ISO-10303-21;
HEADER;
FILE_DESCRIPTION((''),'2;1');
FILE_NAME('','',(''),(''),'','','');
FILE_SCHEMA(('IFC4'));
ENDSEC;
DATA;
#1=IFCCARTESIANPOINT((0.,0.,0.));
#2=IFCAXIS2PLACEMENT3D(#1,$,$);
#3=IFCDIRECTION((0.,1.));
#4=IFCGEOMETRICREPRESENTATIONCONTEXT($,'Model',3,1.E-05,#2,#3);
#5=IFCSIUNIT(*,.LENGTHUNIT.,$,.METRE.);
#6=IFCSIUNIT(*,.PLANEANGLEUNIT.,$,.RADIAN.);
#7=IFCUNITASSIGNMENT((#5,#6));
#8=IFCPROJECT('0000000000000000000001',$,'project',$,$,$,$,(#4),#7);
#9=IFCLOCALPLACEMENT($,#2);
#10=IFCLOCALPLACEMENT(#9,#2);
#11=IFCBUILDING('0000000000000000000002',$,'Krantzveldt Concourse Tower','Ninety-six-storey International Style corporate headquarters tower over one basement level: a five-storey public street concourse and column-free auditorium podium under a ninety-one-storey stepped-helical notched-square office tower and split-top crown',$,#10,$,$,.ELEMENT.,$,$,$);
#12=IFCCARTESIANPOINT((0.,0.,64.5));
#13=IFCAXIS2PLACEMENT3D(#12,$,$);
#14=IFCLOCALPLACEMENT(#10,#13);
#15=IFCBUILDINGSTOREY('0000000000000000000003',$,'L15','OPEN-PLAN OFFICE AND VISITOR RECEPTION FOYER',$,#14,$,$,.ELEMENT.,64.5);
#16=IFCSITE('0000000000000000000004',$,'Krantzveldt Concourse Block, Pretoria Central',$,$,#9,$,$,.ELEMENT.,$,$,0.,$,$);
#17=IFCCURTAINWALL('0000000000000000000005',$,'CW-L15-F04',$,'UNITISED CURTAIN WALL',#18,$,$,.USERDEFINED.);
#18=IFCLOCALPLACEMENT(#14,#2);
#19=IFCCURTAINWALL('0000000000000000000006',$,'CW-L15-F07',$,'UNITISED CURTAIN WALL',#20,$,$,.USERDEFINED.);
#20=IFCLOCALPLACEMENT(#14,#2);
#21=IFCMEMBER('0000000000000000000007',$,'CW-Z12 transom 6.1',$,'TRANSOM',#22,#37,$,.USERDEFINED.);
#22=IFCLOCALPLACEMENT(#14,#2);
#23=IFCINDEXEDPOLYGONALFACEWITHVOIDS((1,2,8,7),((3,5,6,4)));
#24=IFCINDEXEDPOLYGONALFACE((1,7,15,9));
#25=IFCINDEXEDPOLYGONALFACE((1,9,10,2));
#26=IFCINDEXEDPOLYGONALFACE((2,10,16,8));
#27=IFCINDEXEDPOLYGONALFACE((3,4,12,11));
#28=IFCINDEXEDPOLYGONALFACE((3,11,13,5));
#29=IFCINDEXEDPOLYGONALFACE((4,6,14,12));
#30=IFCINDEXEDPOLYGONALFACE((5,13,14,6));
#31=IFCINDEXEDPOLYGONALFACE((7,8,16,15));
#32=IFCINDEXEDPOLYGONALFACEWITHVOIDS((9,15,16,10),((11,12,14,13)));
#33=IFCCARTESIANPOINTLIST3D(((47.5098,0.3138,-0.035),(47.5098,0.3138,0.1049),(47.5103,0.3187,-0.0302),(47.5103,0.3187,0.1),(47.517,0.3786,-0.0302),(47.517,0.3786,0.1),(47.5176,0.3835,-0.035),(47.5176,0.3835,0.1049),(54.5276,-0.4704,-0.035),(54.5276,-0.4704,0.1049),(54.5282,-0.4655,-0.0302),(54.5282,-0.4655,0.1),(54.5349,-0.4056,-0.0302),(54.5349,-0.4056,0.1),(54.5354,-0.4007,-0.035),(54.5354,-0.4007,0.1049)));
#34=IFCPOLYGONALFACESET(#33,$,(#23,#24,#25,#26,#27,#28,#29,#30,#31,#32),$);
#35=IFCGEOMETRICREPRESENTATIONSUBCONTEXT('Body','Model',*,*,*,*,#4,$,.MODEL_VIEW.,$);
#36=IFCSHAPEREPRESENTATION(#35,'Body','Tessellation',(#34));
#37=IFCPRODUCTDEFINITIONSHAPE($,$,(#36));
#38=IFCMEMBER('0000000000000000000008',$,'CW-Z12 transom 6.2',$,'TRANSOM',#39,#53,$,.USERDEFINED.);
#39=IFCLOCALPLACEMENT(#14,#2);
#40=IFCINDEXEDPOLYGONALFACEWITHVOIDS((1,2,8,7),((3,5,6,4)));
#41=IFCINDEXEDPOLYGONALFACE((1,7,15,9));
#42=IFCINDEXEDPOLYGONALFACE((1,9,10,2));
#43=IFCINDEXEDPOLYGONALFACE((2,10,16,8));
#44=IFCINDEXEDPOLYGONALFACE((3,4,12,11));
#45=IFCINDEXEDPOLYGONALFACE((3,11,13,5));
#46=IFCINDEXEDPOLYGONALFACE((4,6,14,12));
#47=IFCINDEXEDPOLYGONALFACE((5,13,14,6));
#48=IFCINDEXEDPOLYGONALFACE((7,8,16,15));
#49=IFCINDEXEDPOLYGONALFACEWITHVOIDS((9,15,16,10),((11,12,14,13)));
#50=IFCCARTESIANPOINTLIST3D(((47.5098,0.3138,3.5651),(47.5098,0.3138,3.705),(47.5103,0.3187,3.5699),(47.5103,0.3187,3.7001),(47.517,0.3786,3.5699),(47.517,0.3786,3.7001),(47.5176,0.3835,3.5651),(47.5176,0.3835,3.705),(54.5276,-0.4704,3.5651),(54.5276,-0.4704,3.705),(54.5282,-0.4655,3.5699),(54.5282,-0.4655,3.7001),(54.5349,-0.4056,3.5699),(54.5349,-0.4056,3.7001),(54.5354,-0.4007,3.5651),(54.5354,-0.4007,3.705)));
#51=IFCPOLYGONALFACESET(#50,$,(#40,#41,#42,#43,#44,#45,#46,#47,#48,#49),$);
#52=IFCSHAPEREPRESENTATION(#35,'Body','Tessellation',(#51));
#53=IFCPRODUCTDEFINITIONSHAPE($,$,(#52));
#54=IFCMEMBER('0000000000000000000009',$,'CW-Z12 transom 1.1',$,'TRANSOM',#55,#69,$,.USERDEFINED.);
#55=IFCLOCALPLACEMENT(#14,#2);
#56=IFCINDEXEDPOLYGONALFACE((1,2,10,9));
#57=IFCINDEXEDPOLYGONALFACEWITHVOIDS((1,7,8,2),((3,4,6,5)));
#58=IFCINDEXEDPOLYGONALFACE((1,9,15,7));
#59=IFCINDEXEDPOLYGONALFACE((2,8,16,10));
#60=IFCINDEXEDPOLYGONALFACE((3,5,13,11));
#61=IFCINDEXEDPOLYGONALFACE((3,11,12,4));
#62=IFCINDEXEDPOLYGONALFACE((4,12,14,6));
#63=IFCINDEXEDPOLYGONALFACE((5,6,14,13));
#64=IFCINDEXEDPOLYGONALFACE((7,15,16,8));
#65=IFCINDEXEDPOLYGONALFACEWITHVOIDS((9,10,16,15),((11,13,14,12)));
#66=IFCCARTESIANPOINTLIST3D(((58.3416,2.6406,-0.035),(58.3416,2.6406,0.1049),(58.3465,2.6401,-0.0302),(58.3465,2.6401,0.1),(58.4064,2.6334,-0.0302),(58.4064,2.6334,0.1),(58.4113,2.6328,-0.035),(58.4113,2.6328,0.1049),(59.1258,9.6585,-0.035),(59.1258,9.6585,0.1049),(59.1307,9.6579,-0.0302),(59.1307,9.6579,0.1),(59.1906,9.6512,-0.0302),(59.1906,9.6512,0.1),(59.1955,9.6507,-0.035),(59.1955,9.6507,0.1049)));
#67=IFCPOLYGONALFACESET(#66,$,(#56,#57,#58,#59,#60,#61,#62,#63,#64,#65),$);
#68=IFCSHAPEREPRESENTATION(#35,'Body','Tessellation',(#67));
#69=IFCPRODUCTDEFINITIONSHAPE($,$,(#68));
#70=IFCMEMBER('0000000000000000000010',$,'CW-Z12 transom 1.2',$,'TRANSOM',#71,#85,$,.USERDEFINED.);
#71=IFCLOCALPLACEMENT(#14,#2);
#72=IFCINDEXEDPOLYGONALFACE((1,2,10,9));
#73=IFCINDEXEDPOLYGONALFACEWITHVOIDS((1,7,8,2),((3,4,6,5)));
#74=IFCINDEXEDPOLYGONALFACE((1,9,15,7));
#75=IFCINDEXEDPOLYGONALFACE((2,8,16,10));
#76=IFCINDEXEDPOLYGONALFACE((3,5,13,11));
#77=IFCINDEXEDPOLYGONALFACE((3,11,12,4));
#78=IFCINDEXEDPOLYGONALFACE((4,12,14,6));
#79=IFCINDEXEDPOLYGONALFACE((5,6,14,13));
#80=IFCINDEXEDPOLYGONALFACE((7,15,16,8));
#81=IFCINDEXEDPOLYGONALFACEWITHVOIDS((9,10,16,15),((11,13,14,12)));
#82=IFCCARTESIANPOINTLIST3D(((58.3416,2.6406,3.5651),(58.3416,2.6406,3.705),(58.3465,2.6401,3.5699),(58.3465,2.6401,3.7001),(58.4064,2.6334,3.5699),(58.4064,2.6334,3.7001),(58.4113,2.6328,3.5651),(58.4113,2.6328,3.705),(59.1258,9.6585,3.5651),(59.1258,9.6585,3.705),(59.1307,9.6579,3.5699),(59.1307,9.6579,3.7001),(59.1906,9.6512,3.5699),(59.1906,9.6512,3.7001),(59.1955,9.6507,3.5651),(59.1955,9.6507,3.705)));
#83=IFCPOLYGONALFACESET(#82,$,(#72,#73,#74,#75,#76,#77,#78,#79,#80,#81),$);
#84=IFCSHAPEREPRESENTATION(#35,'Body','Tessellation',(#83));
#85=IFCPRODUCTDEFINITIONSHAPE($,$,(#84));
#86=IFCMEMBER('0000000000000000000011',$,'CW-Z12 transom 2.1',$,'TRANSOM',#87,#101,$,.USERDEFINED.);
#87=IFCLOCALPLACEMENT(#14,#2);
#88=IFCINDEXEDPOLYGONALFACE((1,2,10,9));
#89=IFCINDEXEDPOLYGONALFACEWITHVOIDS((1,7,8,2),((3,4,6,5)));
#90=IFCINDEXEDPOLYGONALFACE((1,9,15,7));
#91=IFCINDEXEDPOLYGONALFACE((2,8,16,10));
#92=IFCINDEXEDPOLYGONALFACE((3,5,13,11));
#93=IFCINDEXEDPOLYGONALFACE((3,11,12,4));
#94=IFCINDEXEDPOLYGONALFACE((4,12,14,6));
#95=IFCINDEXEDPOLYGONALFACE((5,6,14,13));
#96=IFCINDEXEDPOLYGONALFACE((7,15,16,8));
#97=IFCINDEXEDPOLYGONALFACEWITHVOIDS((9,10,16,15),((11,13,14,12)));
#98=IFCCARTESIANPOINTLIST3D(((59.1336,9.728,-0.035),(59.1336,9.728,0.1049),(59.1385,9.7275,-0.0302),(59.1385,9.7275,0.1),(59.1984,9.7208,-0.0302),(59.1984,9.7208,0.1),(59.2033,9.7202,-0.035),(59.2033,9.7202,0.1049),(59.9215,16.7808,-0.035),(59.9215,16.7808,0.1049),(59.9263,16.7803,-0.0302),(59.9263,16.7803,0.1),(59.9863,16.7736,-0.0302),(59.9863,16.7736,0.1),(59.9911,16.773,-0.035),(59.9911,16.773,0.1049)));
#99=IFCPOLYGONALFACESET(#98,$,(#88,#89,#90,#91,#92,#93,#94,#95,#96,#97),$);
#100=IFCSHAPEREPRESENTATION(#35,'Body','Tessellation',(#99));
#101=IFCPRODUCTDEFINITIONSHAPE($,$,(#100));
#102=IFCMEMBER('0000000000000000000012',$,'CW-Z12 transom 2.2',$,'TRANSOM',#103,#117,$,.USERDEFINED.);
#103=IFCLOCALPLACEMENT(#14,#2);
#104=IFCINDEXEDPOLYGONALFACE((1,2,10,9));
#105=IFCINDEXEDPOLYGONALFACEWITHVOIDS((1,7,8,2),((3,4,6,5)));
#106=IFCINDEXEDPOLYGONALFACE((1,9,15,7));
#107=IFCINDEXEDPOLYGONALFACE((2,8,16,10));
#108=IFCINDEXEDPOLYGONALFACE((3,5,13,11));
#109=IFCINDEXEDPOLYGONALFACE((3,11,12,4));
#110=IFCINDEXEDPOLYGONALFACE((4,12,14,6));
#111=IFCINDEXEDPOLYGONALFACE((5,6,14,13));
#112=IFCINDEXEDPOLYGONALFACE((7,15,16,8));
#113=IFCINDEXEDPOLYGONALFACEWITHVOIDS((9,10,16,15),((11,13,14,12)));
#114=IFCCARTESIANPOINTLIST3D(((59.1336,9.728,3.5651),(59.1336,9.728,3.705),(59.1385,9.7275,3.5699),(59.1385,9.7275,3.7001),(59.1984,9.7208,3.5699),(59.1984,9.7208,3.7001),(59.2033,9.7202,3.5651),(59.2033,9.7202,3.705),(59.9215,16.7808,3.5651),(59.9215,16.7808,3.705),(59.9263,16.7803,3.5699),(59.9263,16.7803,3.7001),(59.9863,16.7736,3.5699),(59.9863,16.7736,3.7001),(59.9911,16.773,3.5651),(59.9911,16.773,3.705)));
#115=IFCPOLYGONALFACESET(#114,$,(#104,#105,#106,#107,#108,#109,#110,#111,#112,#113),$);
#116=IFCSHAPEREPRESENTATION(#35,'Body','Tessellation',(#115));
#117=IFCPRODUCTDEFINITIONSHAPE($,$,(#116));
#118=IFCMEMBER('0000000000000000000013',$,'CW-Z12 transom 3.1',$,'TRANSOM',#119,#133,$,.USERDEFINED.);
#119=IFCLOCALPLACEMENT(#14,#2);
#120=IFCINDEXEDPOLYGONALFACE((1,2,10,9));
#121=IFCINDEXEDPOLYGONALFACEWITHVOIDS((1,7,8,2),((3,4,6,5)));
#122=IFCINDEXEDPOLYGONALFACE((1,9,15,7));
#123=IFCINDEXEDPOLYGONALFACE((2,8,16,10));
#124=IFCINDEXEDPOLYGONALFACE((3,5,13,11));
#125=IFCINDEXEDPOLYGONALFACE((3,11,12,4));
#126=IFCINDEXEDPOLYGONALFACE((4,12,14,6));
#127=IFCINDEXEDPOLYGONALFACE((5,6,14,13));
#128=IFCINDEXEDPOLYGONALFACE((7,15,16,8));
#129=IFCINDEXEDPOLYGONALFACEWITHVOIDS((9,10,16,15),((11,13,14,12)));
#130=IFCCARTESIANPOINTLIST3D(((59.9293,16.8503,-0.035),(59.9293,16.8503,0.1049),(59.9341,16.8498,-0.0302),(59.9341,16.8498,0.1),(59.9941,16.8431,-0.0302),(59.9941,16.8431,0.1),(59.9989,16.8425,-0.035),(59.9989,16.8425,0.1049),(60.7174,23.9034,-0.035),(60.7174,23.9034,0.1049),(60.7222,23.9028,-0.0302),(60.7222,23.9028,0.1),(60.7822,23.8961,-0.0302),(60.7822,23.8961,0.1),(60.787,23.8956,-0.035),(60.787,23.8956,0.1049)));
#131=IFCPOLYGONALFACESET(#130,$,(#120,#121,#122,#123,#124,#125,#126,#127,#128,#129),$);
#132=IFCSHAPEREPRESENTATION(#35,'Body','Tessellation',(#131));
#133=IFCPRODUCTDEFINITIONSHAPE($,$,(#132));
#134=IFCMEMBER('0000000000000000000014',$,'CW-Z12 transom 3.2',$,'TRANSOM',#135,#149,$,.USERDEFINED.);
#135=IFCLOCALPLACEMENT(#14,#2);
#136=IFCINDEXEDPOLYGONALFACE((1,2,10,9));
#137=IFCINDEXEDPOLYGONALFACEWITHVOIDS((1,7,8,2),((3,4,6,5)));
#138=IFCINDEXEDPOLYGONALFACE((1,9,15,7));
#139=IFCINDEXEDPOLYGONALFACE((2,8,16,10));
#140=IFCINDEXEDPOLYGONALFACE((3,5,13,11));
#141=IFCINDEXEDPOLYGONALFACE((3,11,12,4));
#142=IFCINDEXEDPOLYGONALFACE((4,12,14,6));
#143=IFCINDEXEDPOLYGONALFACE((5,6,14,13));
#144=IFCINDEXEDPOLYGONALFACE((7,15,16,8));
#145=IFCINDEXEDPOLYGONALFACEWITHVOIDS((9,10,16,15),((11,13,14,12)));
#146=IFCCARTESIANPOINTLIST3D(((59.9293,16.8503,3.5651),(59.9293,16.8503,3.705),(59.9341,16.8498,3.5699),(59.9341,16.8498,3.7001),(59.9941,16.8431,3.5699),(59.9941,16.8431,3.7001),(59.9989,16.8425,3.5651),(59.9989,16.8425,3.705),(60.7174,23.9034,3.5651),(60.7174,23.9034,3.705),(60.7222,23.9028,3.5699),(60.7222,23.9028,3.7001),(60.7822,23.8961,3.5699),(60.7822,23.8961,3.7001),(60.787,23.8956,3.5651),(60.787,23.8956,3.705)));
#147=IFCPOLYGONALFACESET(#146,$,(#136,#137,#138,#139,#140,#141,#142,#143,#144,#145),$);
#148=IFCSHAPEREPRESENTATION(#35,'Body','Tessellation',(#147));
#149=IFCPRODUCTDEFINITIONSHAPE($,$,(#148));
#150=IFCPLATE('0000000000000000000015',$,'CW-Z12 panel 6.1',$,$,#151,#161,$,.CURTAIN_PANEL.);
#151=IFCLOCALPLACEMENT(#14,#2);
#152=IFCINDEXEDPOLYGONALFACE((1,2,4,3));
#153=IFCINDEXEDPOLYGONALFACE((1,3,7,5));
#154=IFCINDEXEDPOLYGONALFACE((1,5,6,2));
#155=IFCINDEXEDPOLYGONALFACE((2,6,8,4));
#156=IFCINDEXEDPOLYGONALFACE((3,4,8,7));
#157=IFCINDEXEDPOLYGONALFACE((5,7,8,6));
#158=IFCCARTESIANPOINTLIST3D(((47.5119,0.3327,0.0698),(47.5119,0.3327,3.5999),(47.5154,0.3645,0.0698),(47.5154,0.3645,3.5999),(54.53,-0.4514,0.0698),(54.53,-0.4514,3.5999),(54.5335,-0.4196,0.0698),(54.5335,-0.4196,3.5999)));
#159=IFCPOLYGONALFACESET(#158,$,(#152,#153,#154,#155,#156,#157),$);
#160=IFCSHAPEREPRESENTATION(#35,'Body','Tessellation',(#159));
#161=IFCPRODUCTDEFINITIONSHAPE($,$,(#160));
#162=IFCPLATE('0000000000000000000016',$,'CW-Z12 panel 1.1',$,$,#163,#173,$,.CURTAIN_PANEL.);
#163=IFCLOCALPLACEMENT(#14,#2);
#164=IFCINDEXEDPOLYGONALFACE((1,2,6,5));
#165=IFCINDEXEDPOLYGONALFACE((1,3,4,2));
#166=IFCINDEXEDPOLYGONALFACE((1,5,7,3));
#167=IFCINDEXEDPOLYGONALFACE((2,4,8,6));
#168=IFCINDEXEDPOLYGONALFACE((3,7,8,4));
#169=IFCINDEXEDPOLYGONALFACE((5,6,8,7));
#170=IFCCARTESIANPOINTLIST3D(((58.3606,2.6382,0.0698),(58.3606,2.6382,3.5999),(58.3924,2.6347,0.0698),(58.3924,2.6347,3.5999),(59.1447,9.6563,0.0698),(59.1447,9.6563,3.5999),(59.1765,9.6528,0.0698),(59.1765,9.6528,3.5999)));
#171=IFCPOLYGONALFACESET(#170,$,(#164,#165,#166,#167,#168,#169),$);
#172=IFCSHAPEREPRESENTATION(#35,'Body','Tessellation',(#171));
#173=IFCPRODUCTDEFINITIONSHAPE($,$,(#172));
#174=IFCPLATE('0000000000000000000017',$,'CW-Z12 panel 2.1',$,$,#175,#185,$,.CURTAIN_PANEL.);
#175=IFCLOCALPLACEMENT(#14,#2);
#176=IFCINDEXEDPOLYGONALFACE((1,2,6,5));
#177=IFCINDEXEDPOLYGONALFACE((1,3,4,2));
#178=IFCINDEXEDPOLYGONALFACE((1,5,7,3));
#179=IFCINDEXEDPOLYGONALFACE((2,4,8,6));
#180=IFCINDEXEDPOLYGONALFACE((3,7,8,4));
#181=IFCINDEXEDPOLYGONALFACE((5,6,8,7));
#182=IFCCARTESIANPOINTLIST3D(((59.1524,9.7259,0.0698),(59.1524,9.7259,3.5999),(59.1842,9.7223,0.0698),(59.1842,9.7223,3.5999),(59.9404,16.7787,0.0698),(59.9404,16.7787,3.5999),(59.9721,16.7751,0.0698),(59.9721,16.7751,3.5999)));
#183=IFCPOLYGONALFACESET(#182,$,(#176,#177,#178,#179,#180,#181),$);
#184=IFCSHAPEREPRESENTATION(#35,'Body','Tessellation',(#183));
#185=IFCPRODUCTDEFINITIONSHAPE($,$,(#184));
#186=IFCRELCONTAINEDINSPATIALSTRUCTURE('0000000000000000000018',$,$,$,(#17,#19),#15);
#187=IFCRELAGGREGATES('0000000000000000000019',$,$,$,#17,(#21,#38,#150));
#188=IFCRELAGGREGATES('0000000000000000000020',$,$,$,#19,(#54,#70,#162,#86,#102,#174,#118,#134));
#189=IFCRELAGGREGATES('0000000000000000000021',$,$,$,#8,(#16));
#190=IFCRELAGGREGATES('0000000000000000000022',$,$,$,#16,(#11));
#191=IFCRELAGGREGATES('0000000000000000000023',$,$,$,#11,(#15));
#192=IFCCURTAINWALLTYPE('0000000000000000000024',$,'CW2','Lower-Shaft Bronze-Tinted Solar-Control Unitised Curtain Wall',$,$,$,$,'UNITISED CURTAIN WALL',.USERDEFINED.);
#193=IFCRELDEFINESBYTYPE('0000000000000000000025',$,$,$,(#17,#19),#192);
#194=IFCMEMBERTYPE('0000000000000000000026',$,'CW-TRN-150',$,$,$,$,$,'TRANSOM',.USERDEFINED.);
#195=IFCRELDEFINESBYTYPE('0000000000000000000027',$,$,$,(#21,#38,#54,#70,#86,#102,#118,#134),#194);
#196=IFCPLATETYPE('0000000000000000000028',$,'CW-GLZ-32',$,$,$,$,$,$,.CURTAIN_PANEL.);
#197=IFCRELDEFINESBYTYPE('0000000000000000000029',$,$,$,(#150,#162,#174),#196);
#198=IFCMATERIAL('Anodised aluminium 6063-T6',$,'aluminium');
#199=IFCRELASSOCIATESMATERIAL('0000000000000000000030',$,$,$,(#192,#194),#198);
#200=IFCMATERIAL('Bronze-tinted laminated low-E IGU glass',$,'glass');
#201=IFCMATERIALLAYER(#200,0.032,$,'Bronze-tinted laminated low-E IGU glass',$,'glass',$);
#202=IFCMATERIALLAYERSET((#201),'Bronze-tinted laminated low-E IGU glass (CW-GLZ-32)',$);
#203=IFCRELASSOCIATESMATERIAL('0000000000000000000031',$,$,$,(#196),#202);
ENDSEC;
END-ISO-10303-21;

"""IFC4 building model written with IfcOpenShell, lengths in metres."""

from ifc_helpers import new_model, si_unit, direction, frame, origin, origin_2d, place, context, subcontext, project, spatial, rectangle, hollow_rectangle, extrude, source, transform, mapped, material, layer, layer_set, material_profile, profile_set, type_object, type_shapes, element, aggregate, save


model = new_model("IFC4")

# Units and contexts
model_context = context("Model", 3, precision=1e-05, world=origin(), true_north=direction((0.0, 1.0)))
body_context = subcontext(model_context, "Body", "Model", "MODEL_VIEW")
ifc_project = project(units=[si_unit("LENGTHUNIT", "METRE"), si_unit("PLANEANGLEUNIT", "RADIAN")], contexts=[model_context])

# Site, building, storey
site_placement = place(None, origin())
site = spatial("IfcSite", under=ifc_project, at=site_placement, Name="Krantzveldt Concourse Block, Pretoria Central", CompositionType="ELEMENT", RefElevation=0.0)
building_placement = place(site_placement, origin())
building = spatial("IfcBuilding", under=site, at=building_placement, Name="Krantzveldt Concourse Tower", Description="Ninety-six-storey International Style corporate headquarters tower over one basement level: a five-storey public street concourse and column-free auditorium podium under a ninety-one-storey stepped-helical notched-square office tower and split-top crown", CompositionType="ELEMENT")
storey_placement = place(building_placement, frame((0.0, 0.0, 64.5)))
storey = spatial("IfcBuildingStorey", under=building, at=storey_placement, Name="L15", Description="OPEN-PLAN OFFICE AND VISITOR RECEPTION FOYER", CompositionType="ELEMENT", Elevation=64.5)

# Curtain walls
ifc_material_1 = material(Name="Anodised aluminium 6063-T6", Category="aluminium")
curtain_wall_type = type_object("IfcCurtainWallType", Name="CW2", Description="Lower-Shaft Bronze-Tinted Solar-Control Unitised Curtain Wall", ElementType="UNITISED CURTAIN WALL", PredefinedType="USERDEFINED", material=ifc_material_1)
curtain_wall_1_placement = place(storey_placement, origin())
curtain_wall_1 = element("IfcCurtainWall", 1, at=curtain_wall_1_placement, inside=storey, type_object=curtain_wall_type, Name="CW-L15-F04", ObjectType="UNITISED CURTAIN WALL", PredefinedType="USERDEFINED")
curtain_wall_2_placement = place(storey_placement, origin())
curtain_wall_2 = element("IfcCurtainWall", 2, at=curtain_wall_2_placement, inside=storey, type_object=curtain_wall_type, Name="CW-L15-F07", ObjectType="UNITISED CURTAIN WALL", PredefinedType="USERDEFINED")

# Members
ifc_material_profile_1 = material_profile(ifc_material_1, hollow_rectangle(XDim=0.0701, YDim=0.1399, WallThickness=0.0049, at=origin_2d()), Name="Anodised aluminium 6063-T6", Category="aluminium")
ifc_profile_set_1 = profile_set([ifc_material_profile_1], Name="Anodised aluminium 6063-T6 - ALU-TRAN 140x70x5")
member_type_1 = type_object("IfcMemberType", Name="CW-TRN-150", ElementType="TRANSOM", PredefinedType="USERDEFINED", material=ifc_profile_set_1)
shared_shape_1 = source(origin(), body_context, "Body", "SweptSolid", [
    extrude(hollow_rectangle(XDim=0.0701, YDim=0.1399, WallThickness=0.0049, at=origin_2d()), origin(), (0.0, 0.0, 1.0), 7.0615),
])
member_1_placement = place(storey_placement, frame((47.5137, 0.3486, 0.0349), z_axis=(0.993815, -0.11105, 0.0), x_axis=(0.11105, 0.993815, 0.0)))
member_1 = element("IfcMember", 3, at=member_1_placement, type_object=member_type_1, Name="CW-Z12 transom 6.1", ObjectType="TRANSOM", PredefinedType="USERDEFINED", context=body_context, shape_type="MappedRepresentation", body=[
    mapped(shared_shape_1, transform((0.0, 0.0, 0.0), x_axis=(1.0, 0.0, 0.0), y_axis=(0.0, 1.0, 0.0), z_axis=(0.0, 0.0, 1.0), scale=1.0)),
])
member_2_placement = place(storey_placement, frame((47.5137, 0.3486, 3.635), z_axis=(0.993815, -0.11105, 0.0), x_axis=(0.11105, 0.993815, 0.0)))
member_2 = element("IfcMember", 4, at=member_2_placement, type_object=member_type_1, Name="CW-Z12 transom 6.2", ObjectType="TRANSOM", PredefinedType="USERDEFINED", context=body_context, shape_type="MappedRepresentation", body=[
    mapped(shared_shape_1, transform((0.0, 0.0, 0.0), x_axis=(1.0, 0.0, 0.0), y_axis=(0.0, 1.0, 0.0), z_axis=(0.0, 0.0, 1.0), scale=1.0)),
])
member_3_placement = place(storey_placement, frame((58.3765, 2.6367, 0.0349), z_axis=(0.11105, 0.993815, 0.0), x_axis=(-0.993815, 0.11105, 0.0)))
member_3 = element("IfcMember", 5, at=member_3_placement, type_object=member_type_1, Name="CW-Z12 transom 1.1", ObjectType="TRANSOM", PredefinedType="USERDEFINED", context=body_context, shape_type="MappedRepresentation", body=[
    mapped(shared_shape_1, transform((0.0, 0.0, 0.0), x_axis=(1.0, 0.0, 0.0), y_axis=(0.0, 1.0, 0.0), z_axis=(0.0, 0.0, 1.0), scale=1.0)),
])
member_4_placement = place(storey_placement, frame((58.3765, 2.6367, 3.635), z_axis=(0.11105, 0.993815, 0.0), x_axis=(-0.993815, 0.11105, 0.0)))
member_4 = element("IfcMember", 6, at=member_4_placement, type_object=member_type_1, Name="CW-Z12 transom 1.2", ObjectType="TRANSOM", PredefinedType="USERDEFINED", context=body_context, shape_type="MappedRepresentation", body=[
    mapped(shared_shape_1, transform((0.0, 0.0, 0.0), x_axis=(1.0, 0.0, 0.0), y_axis=(0.0, 1.0, 0.0), z_axis=(0.0, 0.0, 1.0), scale=1.0)),
])
shared_shape_2 = source(origin(), body_context, "Body", "SweptSolid", [
    extrude(hollow_rectangle(XDim=0.0701, YDim=0.1399, WallThickness=0.0049, at=origin_2d()), origin(), (0.0, 0.0, 1.0), 7.0967),
])
member_5_placement = place(storey_placement, frame((59.1685, 9.7241, 0.0349), z_axis=(0.111017, 0.993819, 0.0), x_axis=(-0.993819, 0.111017, 0.0)))
member_5 = element("IfcMember", 7, at=member_5_placement, type_object=member_type_1, Name="CW-Z12 transom 2.1", ObjectType="TRANSOM", PredefinedType="USERDEFINED", context=body_context, shape_type="MappedRepresentation", body=[
    mapped(shared_shape_2, transform((0.0, 0.0, 0.0), x_axis=(1.0, 0.0, 0.0), y_axis=(0.0, 1.0, 0.0), z_axis=(0.0, 0.0, 1.0), scale=1.0)),
])
member_6_placement = place(storey_placement, frame((59.1685, 9.7241, 3.635), z_axis=(0.111017, 0.993819, 0.0), x_axis=(-0.993819, 0.111017, 0.0)))
member_6 = element("IfcMember", 8, at=member_6_placement, type_object=member_type_1, Name="CW-Z12 transom 2.2", ObjectType="TRANSOM", PredefinedType="USERDEFINED", context=body_context, shape_type="MappedRepresentation", body=[
    mapped(shared_shape_2, transform((0.0, 0.0, 0.0), x_axis=(1.0, 0.0, 0.0), y_axis=(0.0, 1.0, 0.0), z_axis=(0.0, 0.0, 1.0), scale=1.0)),
])
shared_shape_3 = source(origin(), body_context, "Body", "SweptSolid", [
    extrude(hollow_rectangle(XDim=0.0701, YDim=0.1399, WallThickness=0.0049, at=origin_2d()), origin(), (0.0, 0.0, 1.0), 7.0969),
])
type_shapes(member_type_1, [shared_shape_1, shared_shape_2, shared_shape_3])
member_7_placement = place(storey_placement, frame((59.9641, 16.8464, 0.0349), z_axis=(0.111047, 0.993815, 0.0), x_axis=(-0.993815, 0.111047, 0.0)))
member_7 = element("IfcMember", 9, at=member_7_placement, type_object=member_type_1, Name="CW-Z12 transom 3.1", ObjectType="TRANSOM", PredefinedType="USERDEFINED", context=body_context, shape_type="MappedRepresentation", body=[
    mapped(shared_shape_3, transform((0.0, 0.0, 0.0), x_axis=(1.0, 0.0, 0.0), y_axis=(0.0, 1.0, 0.0), z_axis=(0.0, 0.0, 1.0), scale=1.0)),
])
member_8_placement = place(storey_placement, frame((59.9641, 16.8464, 3.635), z_axis=(0.111047, 0.993815, 0.0), x_axis=(-0.993815, 0.111047, 0.0)))
member_8 = element("IfcMember", 10, at=member_8_placement, type_object=member_type_1, Name="CW-Z12 transom 3.2", ObjectType="TRANSOM", PredefinedType="USERDEFINED", context=body_context, shape_type="MappedRepresentation", body=[
    mapped(shared_shape_3, transform((0.0, 0.0, 0.0), x_axis=(1.0, 0.0, 0.0), y_axis=(0.0, 1.0, 0.0), z_axis=(0.0, 0.0, 1.0), scale=1.0)),
])

# Plates
ifc_material_2 = material(Name="Bronze-tinted laminated low-E IGU glass", Category="glass")
ifc_layer_1 = layer(ifc_material_2, 0.032, Name="Bronze-tinted laminated low-E IGU glass", Category="glass")
ifc_layer_set_1 = layer_set([ifc_layer_1], Name="Bronze-tinted laminated low-E IGU glass (CW-GLZ-32)")
plate_type = type_object("IfcPlateType", Name="CW-GLZ-32", PredefinedType="CURTAIN_PANEL", material=ifc_layer_set_1)
shared_shape_4 = source(origin(), body_context, "Body", "SweptSolid", [
    extrude(rectangle(XDim=7.0618, YDim=0.032, at=origin_2d()), origin(), (0.0, 0.0, 1.0), 3.53),
])
plate_1_placement = place(storey_placement, frame((51.0227, -0.0435, 0.0698), z_axis=(0.0, 0.0, 1.0), x_axis=(0.993816, -0.111035, 0.0)))
plate_1 = element("IfcPlate", 11, at=plate_1_placement, type_object=plate_type, Name="CW-Z12 panel 6.1", PredefinedType="CURTAIN_PANEL", context=body_context, shape_type="MappedRepresentation", body=[
    mapped(shared_shape_4, transform((0.0, 0.0, 0.0), x_axis=(1.0, 0.0, 0.0), y_axis=(0.0, 1.0, 0.0), z_axis=(0.0, 0.0, 1.0), scale=1.0)),
])
aggregate(curtain_wall_1, [member_1, member_2, plate_1])
plate_2_placement = place(storey_placement, frame((58.7686, 6.1455, 0.0698), z_axis=(0.0, 0.0, 1.0), x_axis=(0.111035, 0.993816, 0.0)))
plate_2 = element("IfcPlate", 12, at=plate_2_placement, type_object=plate_type, Name="CW-Z12 panel 1.1", PredefinedType="CURTAIN_PANEL", context=body_context, shape_type="MappedRepresentation", body=[
    mapped(shared_shape_4, transform((0.0, 0.0, 0.0), x_axis=(1.0, 0.0, 0.0), y_axis=(0.0, 1.0, 0.0), z_axis=(0.0, 0.0, 1.0), scale=1.0)),
])
shared_shape_5 = source(origin(), body_context, "Body", "SweptSolid", [
    extrude(rectangle(XDim=7.0967, YDim=0.032, at=origin_2d()), origin(), (0.0, 0.0, 1.0), 3.53),
])
type_shapes(plate_type, [shared_shape_4, shared_shape_5])
plate_3_placement = place(storey_placement, frame((59.5623, 13.2505, 0.0698), z_axis=(0.0, 0.0, 1.0), x_axis=(0.111035, 0.993816, 0.0)))
plate_3 = element("IfcPlate", 13, at=plate_3_placement, type_object=plate_type, Name="CW-Z12 panel 2.1", PredefinedType="CURTAIN_PANEL", context=body_context, shape_type="MappedRepresentation", body=[
    mapped(shared_shape_5, transform((0.0, 0.0, 0.0), x_axis=(1.0, 0.0, 0.0), y_axis=(0.0, 1.0, 0.0), z_axis=(0.0, 0.0, 1.0), scale=1.0)),
])
aggregate(curtain_wall_2, [member_3, member_4, plate_2, member_5, member_6, plate_3, member_7, member_8])

save(model, "model.ifc")
